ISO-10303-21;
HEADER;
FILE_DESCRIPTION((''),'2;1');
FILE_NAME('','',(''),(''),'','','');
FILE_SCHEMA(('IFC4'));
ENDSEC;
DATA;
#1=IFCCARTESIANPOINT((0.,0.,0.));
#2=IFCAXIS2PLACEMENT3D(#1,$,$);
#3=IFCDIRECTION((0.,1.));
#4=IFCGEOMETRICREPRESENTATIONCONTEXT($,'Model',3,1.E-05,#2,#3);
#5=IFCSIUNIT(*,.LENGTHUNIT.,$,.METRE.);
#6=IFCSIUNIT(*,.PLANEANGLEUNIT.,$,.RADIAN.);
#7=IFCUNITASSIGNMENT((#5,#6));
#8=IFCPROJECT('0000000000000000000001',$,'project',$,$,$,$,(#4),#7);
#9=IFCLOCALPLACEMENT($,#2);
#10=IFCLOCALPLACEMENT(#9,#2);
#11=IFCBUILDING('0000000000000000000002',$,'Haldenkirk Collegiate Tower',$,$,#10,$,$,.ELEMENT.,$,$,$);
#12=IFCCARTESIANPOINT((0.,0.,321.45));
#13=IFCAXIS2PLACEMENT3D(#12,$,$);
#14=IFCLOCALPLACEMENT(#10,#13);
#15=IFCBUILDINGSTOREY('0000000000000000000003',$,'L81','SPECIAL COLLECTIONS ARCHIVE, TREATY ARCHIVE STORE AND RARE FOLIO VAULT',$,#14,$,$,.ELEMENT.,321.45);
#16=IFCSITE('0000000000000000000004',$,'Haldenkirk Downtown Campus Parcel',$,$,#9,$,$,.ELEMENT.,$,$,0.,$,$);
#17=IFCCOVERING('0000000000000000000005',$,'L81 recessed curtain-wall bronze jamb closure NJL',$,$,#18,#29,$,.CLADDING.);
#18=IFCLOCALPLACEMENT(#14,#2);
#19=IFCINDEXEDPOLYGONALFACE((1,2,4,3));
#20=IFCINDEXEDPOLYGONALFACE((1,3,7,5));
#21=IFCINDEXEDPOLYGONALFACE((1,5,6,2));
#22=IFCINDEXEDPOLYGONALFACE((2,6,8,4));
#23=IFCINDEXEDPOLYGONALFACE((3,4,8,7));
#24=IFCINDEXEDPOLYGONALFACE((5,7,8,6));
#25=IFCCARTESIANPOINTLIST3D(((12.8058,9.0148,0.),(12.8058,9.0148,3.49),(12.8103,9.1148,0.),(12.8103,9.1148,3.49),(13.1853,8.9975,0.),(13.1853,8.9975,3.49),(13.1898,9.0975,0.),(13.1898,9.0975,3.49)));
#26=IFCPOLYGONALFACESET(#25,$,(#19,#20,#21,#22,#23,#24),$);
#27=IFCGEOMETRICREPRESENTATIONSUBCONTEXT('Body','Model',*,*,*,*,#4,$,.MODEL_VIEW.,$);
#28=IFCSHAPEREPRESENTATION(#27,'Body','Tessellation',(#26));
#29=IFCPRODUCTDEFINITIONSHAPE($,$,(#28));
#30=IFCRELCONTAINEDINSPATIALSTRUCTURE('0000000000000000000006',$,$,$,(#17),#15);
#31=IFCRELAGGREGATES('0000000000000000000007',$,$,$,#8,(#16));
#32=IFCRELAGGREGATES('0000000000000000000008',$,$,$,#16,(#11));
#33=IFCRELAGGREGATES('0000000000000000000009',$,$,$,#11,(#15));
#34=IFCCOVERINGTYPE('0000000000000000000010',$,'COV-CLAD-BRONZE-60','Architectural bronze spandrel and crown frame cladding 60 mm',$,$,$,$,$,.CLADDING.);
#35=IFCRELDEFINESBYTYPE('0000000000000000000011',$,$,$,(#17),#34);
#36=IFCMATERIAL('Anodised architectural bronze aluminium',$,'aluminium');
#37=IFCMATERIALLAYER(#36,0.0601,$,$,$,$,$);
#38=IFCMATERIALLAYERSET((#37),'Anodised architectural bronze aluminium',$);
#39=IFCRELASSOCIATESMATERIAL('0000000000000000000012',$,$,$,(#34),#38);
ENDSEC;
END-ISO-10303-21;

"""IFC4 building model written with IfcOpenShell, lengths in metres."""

from ifc_helpers import new_model, si_unit, direction, frame, origin, origin_2d, place, context, subcontext, project, spatial, rectangle, extrude, source, transform, mapped, material, layer, layer_set, type_object, element, save


model = new_model("IFC4")

# Units and contexts
model_context = context("Model", 3, precision=1e-05, world=origin(), true_north=direction((0.0, 1.0)))
body_context = subcontext(model_context, "Body", "Model", "MODEL_VIEW")
ifc_project = project(units=[si_unit("LENGTHUNIT", "METRE"), si_unit("PLANEANGLEUNIT", "RADIAN")], contexts=[model_context])

# Site, building, storey
site_placement = place(None, origin())
site = spatial("IfcSite", under=ifc_project, at=site_placement, Name="Haldenkirk Downtown Campus Parcel", CompositionType="ELEMENT", RefElevation=0.0)
building_placement = place(site_placement, origin())
building = spatial("IfcBuilding", under=site, at=building_placement, Name="Haldenkirk Collegiate Tower", CompositionType="ELEMENT")
storey_placement = place(building_placement, frame((0.0, 0.0, 321.45)))
storey = spatial("IfcBuildingStorey", under=building, at=storey_placement, Name="L81", Description="SPECIAL COLLECTIONS ARCHIVE, TREATY ARCHIVE STORE AND RARE FOLIO VAULT", CompositionType="ELEMENT", Elevation=321.45)

# Shared definitions
ifc_material_1 = material(Name="Anodised architectural bronze aluminium", Category="aluminium")

# Covering
ifc_layer_1 = layer(ifc_material_1, 0.0601)
ifc_layer_set_1 = layer_set([ifc_layer_1], Name="Anodised architectural bronze aluminium")
covering_type_1 = type_object("IfcCoveringType", Name="COV-CLAD-BRONZE-60", Description="Architectural bronze spandrel and crown frame cladding 60 mm", PredefinedType="CLADDING", material=ifc_layer_set_1)
shared_shape_1 = source(origin(), body_context, "Body", "SweptSolid", [
    extrude(rectangle(XDim=0.1001, YDim=0.3799, at=origin_2d()), origin(), (0.0, 0.0, 1.0), 3.49),
])
covering_1_placement = place(storey_placement, frame((12.9978, 9.0562, 0.0), z_axis=(0.0, 0.0, 1.0), x_axis=(0.045363, 0.998971, 0.0)))
element("IfcCovering", 1, at=covering_1_placement, inside=storey, type_object=covering_type_1, Name="L81 recessed curtain-wall bronze jamb closure NJL", PredefinedType="CLADDING", context=body_context, shape_type="MappedRepresentation", body=[
    mapped(shared_shape_1, transform((0.0, 0.0, 0.0), x_axis=(1.0, 0.0, 0.0), y_axis=(0.0, 1.0, 0.0), z_axis=(0.0, 0.0, 1.0), scale=1.0)),
])

save(model, "model.ifc")
